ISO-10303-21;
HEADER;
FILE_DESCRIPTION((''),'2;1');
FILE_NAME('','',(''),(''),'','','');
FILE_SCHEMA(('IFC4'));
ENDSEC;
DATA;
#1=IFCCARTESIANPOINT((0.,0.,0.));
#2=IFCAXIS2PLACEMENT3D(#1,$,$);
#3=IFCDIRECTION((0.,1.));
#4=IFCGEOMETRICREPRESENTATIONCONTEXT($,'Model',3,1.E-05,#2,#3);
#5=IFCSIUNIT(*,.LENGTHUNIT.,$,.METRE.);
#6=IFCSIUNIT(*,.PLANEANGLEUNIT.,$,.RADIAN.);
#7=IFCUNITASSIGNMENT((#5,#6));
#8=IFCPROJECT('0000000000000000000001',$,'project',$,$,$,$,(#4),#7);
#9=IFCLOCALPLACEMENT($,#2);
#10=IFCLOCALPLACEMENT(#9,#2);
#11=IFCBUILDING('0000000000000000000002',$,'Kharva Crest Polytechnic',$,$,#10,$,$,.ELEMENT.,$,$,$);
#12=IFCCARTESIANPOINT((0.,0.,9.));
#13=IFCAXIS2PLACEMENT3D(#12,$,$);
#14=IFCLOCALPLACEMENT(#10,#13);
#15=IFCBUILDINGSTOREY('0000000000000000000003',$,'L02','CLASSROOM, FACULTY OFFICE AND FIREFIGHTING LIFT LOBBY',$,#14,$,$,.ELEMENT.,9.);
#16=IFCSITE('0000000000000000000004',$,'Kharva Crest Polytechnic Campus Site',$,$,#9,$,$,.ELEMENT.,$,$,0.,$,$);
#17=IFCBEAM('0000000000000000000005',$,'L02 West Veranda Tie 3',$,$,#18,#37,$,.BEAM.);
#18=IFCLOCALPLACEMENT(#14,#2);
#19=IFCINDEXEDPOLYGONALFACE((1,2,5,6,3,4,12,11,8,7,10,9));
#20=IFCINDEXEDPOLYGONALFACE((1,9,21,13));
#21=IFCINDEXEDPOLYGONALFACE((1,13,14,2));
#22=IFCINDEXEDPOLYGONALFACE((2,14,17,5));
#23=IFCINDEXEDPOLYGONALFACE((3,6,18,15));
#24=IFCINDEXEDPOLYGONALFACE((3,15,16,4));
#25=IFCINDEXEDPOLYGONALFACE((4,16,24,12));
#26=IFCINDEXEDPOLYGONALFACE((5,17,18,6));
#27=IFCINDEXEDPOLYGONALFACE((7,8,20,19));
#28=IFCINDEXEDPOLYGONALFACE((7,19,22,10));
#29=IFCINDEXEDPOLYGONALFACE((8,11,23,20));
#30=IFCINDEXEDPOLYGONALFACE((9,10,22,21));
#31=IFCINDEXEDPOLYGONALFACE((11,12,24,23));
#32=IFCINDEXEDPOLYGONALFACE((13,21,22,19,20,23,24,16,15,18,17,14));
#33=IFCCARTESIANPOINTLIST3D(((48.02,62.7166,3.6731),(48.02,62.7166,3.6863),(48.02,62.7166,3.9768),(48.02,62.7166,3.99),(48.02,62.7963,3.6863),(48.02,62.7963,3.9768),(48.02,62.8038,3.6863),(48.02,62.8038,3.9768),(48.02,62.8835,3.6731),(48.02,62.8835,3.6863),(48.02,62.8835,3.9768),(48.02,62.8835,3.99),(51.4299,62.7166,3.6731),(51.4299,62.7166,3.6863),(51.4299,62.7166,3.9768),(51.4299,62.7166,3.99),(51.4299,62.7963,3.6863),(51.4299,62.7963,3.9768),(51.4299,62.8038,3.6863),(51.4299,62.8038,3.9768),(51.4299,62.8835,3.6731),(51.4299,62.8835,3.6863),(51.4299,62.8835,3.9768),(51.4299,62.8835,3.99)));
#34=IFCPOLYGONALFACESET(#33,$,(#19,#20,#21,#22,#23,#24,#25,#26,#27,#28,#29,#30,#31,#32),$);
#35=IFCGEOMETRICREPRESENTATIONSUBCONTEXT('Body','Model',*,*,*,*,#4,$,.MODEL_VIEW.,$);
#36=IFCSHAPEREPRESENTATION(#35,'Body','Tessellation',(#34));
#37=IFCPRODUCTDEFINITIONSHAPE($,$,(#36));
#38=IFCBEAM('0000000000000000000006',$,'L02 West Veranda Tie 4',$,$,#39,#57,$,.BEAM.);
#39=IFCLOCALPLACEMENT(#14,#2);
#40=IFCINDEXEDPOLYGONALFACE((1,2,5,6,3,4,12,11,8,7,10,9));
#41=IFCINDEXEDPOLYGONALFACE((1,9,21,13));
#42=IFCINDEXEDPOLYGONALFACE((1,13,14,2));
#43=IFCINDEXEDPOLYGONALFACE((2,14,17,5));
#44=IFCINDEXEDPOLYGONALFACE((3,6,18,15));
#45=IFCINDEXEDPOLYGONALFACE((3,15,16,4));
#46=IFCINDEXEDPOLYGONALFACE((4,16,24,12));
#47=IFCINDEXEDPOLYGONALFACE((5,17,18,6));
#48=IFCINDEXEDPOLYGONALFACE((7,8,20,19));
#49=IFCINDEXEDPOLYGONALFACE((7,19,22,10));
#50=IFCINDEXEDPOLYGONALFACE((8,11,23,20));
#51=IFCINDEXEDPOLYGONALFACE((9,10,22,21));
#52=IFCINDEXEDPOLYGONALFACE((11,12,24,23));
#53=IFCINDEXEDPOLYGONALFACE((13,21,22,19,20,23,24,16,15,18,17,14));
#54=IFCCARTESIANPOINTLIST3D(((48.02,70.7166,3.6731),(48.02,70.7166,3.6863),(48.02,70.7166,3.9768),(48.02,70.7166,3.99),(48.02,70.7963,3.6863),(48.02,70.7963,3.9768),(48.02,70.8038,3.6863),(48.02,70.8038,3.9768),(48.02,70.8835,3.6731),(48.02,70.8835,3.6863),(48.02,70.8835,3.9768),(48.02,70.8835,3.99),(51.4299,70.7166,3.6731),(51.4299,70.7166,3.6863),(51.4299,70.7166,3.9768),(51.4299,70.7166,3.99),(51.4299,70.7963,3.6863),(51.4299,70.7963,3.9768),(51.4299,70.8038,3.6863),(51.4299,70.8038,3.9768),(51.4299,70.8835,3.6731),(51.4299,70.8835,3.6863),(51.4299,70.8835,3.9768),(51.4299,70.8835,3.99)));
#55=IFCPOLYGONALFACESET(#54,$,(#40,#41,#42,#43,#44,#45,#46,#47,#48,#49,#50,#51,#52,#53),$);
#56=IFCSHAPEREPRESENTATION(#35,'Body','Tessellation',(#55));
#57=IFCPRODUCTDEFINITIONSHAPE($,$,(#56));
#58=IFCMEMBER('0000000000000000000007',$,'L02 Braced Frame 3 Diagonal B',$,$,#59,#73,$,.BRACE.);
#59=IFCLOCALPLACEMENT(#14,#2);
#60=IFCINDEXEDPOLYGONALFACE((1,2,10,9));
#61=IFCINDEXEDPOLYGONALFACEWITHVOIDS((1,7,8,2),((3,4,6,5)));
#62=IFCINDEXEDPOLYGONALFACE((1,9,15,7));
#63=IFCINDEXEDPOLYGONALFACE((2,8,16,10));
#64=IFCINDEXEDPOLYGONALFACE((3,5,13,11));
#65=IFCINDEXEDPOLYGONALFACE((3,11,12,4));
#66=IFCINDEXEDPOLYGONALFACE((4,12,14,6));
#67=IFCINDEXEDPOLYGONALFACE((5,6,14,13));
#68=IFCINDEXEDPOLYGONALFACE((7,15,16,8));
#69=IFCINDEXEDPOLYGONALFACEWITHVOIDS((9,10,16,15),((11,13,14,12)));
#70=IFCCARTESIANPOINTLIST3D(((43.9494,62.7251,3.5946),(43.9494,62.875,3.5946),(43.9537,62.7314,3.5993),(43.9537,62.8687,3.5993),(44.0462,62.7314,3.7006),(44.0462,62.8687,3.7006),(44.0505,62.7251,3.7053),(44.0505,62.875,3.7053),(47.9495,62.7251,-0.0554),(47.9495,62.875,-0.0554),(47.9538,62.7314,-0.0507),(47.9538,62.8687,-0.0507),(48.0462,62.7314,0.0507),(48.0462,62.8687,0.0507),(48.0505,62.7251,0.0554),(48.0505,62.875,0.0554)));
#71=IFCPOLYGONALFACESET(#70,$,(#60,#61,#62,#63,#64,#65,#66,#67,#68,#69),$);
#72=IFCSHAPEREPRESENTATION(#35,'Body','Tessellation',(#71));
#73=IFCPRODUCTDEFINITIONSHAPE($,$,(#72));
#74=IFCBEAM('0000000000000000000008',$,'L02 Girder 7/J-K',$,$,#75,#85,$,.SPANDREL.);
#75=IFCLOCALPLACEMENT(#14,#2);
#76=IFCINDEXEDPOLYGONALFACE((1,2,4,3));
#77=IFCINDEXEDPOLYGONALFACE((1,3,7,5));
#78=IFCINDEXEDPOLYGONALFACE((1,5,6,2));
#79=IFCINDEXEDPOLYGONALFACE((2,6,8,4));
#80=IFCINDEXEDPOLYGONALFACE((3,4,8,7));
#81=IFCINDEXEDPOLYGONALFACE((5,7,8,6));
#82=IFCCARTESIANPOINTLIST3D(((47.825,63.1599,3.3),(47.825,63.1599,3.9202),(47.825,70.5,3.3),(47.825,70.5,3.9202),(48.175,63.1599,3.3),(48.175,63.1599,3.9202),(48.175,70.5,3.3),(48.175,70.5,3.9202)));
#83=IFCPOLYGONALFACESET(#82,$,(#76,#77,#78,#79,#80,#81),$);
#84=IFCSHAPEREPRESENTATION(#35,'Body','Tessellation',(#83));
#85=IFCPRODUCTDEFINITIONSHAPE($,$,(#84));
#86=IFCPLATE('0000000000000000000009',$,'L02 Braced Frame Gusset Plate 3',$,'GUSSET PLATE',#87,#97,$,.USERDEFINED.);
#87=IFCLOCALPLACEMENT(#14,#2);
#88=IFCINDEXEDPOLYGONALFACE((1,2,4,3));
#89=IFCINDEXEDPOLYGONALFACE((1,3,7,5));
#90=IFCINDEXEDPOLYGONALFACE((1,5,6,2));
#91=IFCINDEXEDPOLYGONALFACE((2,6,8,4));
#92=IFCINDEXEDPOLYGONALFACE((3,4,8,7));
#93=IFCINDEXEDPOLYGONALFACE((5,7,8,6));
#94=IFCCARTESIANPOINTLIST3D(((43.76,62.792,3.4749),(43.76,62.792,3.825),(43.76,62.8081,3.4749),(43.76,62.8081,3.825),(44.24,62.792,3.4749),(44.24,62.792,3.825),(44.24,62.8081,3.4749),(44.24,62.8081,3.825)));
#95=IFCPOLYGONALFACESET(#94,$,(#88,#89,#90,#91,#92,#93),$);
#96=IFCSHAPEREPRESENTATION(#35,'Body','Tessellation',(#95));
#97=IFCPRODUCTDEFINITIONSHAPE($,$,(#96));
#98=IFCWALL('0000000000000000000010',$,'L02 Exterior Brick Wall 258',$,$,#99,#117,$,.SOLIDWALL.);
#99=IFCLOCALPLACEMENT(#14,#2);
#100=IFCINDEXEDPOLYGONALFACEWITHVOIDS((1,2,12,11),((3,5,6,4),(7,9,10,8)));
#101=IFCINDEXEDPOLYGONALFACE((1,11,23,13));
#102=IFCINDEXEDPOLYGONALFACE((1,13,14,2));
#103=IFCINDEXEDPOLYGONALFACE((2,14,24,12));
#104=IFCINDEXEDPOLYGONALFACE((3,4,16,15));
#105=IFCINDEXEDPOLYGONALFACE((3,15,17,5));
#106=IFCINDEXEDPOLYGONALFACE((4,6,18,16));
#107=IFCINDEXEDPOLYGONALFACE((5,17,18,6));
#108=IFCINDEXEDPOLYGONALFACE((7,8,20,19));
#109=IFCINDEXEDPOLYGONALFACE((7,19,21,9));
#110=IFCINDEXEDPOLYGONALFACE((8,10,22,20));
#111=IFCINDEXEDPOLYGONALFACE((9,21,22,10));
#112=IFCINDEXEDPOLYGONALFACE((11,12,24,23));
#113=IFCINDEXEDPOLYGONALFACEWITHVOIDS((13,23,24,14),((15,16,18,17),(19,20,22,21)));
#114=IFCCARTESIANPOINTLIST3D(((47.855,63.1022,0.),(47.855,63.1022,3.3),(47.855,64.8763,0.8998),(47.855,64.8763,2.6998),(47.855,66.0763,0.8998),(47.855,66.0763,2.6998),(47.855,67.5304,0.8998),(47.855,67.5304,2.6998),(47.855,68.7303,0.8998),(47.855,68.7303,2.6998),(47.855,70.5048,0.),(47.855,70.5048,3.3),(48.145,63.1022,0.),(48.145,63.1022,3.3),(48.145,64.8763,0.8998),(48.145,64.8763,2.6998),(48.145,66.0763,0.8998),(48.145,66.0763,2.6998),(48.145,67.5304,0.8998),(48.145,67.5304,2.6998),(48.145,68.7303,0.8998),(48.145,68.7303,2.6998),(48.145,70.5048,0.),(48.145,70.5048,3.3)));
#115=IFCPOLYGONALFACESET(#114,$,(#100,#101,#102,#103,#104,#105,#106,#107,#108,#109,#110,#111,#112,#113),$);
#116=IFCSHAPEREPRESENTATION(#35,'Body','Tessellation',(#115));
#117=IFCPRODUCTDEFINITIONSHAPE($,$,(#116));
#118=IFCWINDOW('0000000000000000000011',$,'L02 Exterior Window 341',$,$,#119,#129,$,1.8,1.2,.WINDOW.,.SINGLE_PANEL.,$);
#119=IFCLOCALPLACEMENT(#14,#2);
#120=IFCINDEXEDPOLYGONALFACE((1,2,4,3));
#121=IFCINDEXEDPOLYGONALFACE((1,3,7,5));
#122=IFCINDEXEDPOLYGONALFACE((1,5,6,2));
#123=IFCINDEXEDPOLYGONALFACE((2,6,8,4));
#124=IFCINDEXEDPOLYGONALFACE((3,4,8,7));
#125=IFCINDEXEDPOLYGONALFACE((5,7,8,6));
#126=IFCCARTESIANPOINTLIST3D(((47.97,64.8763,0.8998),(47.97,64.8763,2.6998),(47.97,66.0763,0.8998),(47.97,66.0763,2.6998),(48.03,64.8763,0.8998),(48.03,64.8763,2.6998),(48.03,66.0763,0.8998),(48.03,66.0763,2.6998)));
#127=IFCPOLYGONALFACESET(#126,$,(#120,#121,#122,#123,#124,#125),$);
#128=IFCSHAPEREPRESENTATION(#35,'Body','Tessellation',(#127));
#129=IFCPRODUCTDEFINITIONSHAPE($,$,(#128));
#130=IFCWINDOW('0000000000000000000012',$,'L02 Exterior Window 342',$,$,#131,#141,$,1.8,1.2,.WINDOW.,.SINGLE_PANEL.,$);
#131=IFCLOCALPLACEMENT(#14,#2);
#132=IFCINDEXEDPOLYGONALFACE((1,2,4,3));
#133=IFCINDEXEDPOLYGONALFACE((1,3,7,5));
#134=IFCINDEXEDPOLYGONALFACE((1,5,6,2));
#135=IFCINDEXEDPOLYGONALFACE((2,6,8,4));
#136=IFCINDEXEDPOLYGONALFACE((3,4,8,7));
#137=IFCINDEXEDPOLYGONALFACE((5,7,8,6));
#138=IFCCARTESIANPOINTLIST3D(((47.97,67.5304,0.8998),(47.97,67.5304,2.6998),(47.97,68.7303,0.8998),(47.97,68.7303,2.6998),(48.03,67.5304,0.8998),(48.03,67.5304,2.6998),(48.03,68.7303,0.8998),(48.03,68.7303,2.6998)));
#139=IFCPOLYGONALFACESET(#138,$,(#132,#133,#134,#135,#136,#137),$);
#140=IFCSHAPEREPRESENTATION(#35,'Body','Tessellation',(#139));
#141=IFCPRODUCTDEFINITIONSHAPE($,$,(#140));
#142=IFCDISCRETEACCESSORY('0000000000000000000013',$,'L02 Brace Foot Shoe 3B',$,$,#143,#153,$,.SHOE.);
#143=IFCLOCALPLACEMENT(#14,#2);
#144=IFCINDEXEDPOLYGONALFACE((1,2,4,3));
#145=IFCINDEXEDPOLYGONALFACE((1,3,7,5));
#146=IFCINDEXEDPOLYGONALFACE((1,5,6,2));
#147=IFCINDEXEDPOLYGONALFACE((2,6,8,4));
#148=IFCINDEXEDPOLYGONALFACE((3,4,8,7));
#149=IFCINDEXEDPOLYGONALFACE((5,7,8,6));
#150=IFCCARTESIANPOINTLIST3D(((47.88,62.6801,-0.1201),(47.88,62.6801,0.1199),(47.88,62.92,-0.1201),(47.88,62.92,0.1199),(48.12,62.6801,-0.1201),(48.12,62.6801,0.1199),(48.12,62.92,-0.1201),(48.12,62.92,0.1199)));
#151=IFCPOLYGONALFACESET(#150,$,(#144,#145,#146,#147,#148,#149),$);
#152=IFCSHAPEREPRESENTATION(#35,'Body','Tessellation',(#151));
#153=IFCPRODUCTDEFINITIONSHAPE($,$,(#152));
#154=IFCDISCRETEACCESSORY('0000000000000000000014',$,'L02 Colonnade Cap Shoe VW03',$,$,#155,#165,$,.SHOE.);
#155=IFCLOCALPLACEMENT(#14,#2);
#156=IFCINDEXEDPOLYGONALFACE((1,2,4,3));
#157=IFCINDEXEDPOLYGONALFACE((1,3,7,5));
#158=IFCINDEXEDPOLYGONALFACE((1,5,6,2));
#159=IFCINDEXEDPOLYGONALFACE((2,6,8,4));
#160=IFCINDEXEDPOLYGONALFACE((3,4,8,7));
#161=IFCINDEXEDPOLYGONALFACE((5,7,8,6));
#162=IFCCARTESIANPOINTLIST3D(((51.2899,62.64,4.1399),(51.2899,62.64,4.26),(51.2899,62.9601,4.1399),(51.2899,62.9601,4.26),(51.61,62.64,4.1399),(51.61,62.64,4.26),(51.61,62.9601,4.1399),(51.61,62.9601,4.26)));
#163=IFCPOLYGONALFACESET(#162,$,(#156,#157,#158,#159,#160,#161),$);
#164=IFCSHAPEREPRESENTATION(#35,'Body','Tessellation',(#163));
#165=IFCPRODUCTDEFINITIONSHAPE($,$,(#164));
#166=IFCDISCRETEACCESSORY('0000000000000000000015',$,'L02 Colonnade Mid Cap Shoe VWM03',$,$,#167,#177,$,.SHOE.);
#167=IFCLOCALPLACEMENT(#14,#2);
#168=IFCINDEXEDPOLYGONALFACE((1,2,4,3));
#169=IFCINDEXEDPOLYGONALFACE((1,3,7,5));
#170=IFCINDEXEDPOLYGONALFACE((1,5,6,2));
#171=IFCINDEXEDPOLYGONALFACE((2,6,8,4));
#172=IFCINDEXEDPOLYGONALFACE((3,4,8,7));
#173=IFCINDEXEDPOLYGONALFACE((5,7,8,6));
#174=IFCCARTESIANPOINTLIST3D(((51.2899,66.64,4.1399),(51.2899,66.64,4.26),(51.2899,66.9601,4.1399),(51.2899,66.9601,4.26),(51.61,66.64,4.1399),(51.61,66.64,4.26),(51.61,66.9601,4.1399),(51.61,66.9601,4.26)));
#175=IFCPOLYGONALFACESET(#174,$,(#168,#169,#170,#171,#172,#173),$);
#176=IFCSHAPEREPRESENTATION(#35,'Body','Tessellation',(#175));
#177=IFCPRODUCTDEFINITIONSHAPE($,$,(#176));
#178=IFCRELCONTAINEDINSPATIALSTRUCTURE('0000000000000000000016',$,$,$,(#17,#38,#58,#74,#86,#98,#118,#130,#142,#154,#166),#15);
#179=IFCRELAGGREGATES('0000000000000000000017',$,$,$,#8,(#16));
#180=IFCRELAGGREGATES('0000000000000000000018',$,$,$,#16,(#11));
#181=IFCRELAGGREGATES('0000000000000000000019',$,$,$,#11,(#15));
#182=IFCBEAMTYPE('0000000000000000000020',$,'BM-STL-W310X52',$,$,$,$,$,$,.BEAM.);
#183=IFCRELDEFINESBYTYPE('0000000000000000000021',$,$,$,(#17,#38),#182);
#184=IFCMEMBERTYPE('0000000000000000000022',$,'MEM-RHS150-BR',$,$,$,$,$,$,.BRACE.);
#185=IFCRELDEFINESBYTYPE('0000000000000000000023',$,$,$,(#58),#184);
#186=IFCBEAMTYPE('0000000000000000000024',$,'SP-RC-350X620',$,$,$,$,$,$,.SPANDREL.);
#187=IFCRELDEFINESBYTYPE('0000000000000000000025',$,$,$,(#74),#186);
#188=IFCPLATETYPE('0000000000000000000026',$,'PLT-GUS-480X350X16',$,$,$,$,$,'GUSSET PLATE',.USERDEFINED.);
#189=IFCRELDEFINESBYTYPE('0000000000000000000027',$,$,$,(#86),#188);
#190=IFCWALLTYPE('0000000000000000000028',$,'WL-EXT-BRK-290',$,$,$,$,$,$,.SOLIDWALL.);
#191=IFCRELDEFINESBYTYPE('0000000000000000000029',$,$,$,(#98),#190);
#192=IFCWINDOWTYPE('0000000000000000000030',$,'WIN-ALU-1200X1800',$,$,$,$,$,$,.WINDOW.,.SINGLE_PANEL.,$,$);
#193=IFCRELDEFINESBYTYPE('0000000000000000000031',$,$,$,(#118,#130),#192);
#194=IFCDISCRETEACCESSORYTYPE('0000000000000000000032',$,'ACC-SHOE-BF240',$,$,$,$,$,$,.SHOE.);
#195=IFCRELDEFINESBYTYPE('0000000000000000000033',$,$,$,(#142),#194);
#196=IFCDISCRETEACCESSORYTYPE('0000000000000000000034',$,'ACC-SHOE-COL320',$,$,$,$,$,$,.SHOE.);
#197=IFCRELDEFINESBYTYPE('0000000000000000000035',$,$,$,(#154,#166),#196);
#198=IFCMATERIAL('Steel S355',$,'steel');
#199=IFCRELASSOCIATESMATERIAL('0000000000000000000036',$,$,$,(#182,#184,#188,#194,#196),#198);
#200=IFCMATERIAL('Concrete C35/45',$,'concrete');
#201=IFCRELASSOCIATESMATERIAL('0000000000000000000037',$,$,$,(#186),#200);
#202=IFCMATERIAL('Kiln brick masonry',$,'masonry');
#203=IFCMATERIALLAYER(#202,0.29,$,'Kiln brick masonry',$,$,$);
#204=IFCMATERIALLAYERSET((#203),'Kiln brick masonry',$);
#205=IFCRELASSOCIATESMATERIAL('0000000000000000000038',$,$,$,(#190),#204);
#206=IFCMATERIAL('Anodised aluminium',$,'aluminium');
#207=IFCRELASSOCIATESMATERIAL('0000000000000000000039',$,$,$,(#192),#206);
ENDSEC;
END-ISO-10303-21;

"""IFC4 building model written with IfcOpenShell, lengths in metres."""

from ifc_helpers import new_model, si_unit, direction, frame, frame_2d, origin, origin_2d, place, context, subcontext, project, spatial, rectangle, hollow_rectangle, i_section, extrude, material, layer, layer_set, material_profile, profile_set, type_object, element, fill, save


model = new_model("IFC4")

# Units and contexts
model_context = context("Model", 3, precision=1e-05, world=origin(), true_north=direction((0.0, 1.0)))
body_context = subcontext(model_context, "Body", "Model", "MODEL_VIEW")
ifc_project = project(units=[si_unit("LENGTHUNIT", "METRE"), si_unit("PLANEANGLEUNIT", "RADIAN")], contexts=[model_context])

# Site, building, storey
site_placement = place(None, origin())
site = spatial("IfcSite", under=ifc_project, at=site_placement, Name="Kharva Crest Polytechnic Campus Site", CompositionType="ELEMENT", RefElevation=0.0)
building_placement = place(site_placement, origin())
building = spatial("IfcBuilding", under=site, at=building_placement, Name="Kharva Crest Polytechnic", CompositionType="ELEMENT")
storey_placement = place(building_placement, frame((0.0, 0.0, 9.0)))
storey = spatial("IfcBuildingStorey", under=building, at=storey_placement, Name="L02", Description="CLASSROOM, FACULTY OFFICE AND FIREFIGHTING LIFT LOBBY", CompositionType="ELEMENT", Elevation=9.0)

# Shared definitions
ifc_material_1 = material(Name="Steel S355", Category="steel")

# Beams
ifc_material_2 = material(Name="Concrete C35/45", Category="concrete")
ifc_material_profile_1 = material_profile(ifc_material_1, i_section(OverallWidth=0.167, OverallDepth=0.3169, WebThickness=0.0076, FlangeThickness=0.0132, at=origin_2d()), Name="W310X52")
ifc_profile_set_1 = profile_set([ifc_material_profile_1], Name="Steel S355")
beam_type_1 = type_object("IfcBeamType", Name="BM-STL-W310X52", PredefinedType="BEAM", material=ifc_profile_set_1)
for number, where, z_axis, x_axis, name in (
    (1, (48.02, 62.8, 3.8315), (1.0, 0.0, 0.0), (0.0, 1.0, 0.0), "L02 West Veranda Tie 3"),
    (2, (48.02, 70.8, 3.8315), (1.0, 0.0, 0.0), (0.0, 1.0, 0.0), "L02 West Veranda Tie 4"),
):
    element("IfcBeam", number, at=place(storey_placement, frame(where, z_axis=z_axis, x_axis=x_axis)), inside=storey, type_object=beam_type_1, Name=name, PredefinedType="BEAM", context=body_context, shape_type="SweptSolid", body=[
        extrude(i_section(OverallWidth=0.167, OverallDepth=0.3169, WebThickness=0.0076, FlangeThickness=0.0132, at=origin_2d()), origin(), (0.0, 0.0, 1.0), 3.4099),
    ])

# Member
ifc_material_profile_2 = material_profile(ifc_material_1, hollow_rectangle(XDim=0.1499, YDim=0.1499, WallThickness=0.0063, at=origin_2d()), Name="RHS 150X150X6.3")
ifc_profile_set_2 = profile_set([ifc_material_profile_2], Name="Steel S355")
member_type = type_object("IfcMemberType", Name="MEM-RHS150-BR", PredefinedType="BRACE", material=ifc_profile_set_2)
member_placement = place(storey_placement, frame((48.0, 62.8, 0.0), z_axis=(-0.738694, 0.0, 0.674041), x_axis=(0.0, -1.0, 0.0)))
element("IfcMember", 3, at=member_placement, inside=storey, type_object=member_type, Name="L02 Braced Frame 3 Diagonal B", PredefinedType="BRACE", context=body_context, shape_type="SweptSolid", body=[
    extrude(hollow_rectangle(XDim=0.1499, YDim=0.1499, WallThickness=0.0063, at=origin_2d()), origin(), (0.0, 0.0, 1.0), 5.415),
])

# Beam
ifc_material_profile_3 = material_profile(ifc_material_2, rectangle(XDim=0.3501, YDim=0.6201, at=origin_2d()), Name="RECT 350 X 620")
ifc_profile_set_3 = profile_set([ifc_material_profile_3], Name="Concrete C35/45")
beam_type_2 = type_object("IfcBeamType", Name="SP-RC-350X620", PredefinedType="SPANDREL", material=ifc_profile_set_3)
beam_1_placement = place(storey_placement, frame((48.0, 63.1599, 3.6101), z_axis=(0.0, 1.0, 0.0), x_axis=(-1.0, 0.0, 0.0)))
element("IfcBeam", 4, at=beam_1_placement, inside=storey, type_object=beam_type_2, Name="L02 Girder 7/J-K", PredefinedType="SPANDREL", context=body_context, shape_type="SweptSolid", body=[
    extrude(rectangle(XDim=0.3501, YDim=0.6201, at=origin_2d()), origin(), (0.0, 0.0, 1.0), 7.3401),
])

# Plate
plate_type = type_object("IfcPlateType", Name="PLT-GUS-480X350X16", ElementType="GUSSET PLATE", PredefinedType="USERDEFINED", material=ifc_material_1)
plate_placement = place(storey_placement, frame((44.0, 62.8, 3.4749), z_axis=(0.0, 0.0, 1.0), x_axis=(1.0, 0.0, 0.0)))
element("IfcPlate", 5, at=plate_placement, inside=storey, type_object=plate_type, Name="L02 Braced Frame Gusset Plate 3", ObjectType="GUSSET PLATE", PredefinedType="USERDEFINED", context=body_context, shape_type="SweptSolid", body=[
    extrude(rectangle(XDim=0.48, YDim=0.0161, at=origin_2d()), origin(), (0.0, 0.0, 1.0), 0.3501),
])

# Wall, openings, windows
ifc_material_3 = material(Name="Kiln brick masonry", Category="masonry")
ifc_layer = layer(ifc_material_3, 0.29, Name="Kiln brick masonry")
ifc_layer_set = layer_set([ifc_layer], Name="Kiln brick masonry")
wall_type = type_object("IfcWallType", Name="WL-EXT-BRK-290", PredefinedType="SOLIDWALL", material=ifc_layer_set)
wall_placement = place(storey_placement, frame((48.0, 63.1023, 0.0), z_axis=(0.0, 0.0, 1.0), x_axis=(0.0, 1.0, 0.0)))
wall = element("IfcWall", 6, at=wall_placement, inside=storey, type_object=wall_type, Name="L02 Exterior Brick Wall 258", PredefinedType="SOLIDWALL", context=body_context, shape_type="SweptSolid", body=[
    extrude(rectangle(XDim=7.4026, YDim=0.29, at=frame_2d((3.7012, 0.0))), origin(), (0.0, 0.0, 1.0), 3.3),
])
opening_1_placement = place(wall_placement, frame((1.7739, 0.0, 0.8999)))
opening_1 = element("IfcOpeningElement", 7, at=opening_1_placement, cuts=wall, PredefinedType="OPENING", context=body_context, shape_type="SweptSolid", body=[
    extrude(rectangle(XDim=1.2, YDim=1.8, at=frame_2d((0.6001, 0.8999))), frame((0.0, 0.155, 0.0), z_axis=(0.0, -1.0, 0.0), x_axis=(1.0, 0.0, 0.0)), (0.0, 0.0, 1.0), 0.3101),
])
opening_2_placement = place(wall_placement, frame((4.428, 0.0, 0.8999)))
opening_2 = element("IfcOpeningElement", 8, at=opening_2_placement, cuts=wall, PredefinedType="OPENING", context=body_context, shape_type="SweptSolid", body=[
    extrude(rectangle(XDim=1.2, YDim=1.8, at=frame_2d((0.6001, 0.8999))), frame((0.0, 0.155, 0.0), z_axis=(0.0, -1.0, 0.0), x_axis=(1.0, 0.0, 0.0)), (0.0, 0.0, 1.0), 0.3101),
])
ifc_material_4 = material(Name="Anodised aluminium", Category="aluminium")
window_type = type_object("IfcWindowType", Name="WIN-ALU-1200X1800", PartitioningType="SINGLE_PANEL", PredefinedType="WINDOW", material=ifc_material_4)
window_1_placement = place(opening_1_placement, origin())
window_1 = element("IfcWindow", 9, at=window_1_placement, inside=storey, type_object=window_type, Name="L02 Exterior Window 341", OverallHeight=1.8, OverallWidth=1.2, PartitioningType="SINGLE_PANEL", PredefinedType="WINDOW", context=body_context, shape_type="SweptSolid", body=[
    extrude(rectangle(XDim=1.2, YDim=1.8, at=frame_2d((0.6001, 0.8999))), frame((0.0, 0.03, 0.0), z_axis=(0.0, -1.0, 0.0), x_axis=(1.0, 0.0, 0.0)), (0.0, 0.0, 1.0), 0.0601),
])
fill(opening_1, window_1)
window_2_placement = place(opening_2_placement, origin())
window_2 = element("IfcWindow", 10, at=window_2_placement, inside=storey, type_object=window_type, Name="L02 Exterior Window 342", OverallHeight=1.8, OverallWidth=1.2, PartitioningType="SINGLE_PANEL", PredefinedType="WINDOW", context=body_context, shape_type="SweptSolid", body=[
    extrude(rectangle(XDim=1.2, YDim=1.8, at=frame_2d((0.6001, 0.8999))), frame((0.0, 0.03, 0.0), z_axis=(0.0, -1.0, 0.0), x_axis=(1.0, 0.0, 0.0)), (0.0, 0.0, 1.0), 0.0601),
])
fill(opening_2, window_2)

# Discrete accessories
discrete_accessory_type_1 = type_object("IfcDiscreteAccessoryType", Name="ACC-SHOE-BF240", PredefinedType="SHOE", material=ifc_material_1)
discrete_accessory_placement = place(storey_placement, frame((48.0, 62.8, -0.1201), z_axis=(0.0, 0.0, 1.0), x_axis=(1.0, 0.0, 0.0)))
element("IfcDiscreteAccessory", 11, at=discrete_accessory_placement, inside=storey, type_object=discrete_accessory_type_1, Name="L02 Brace Foot Shoe 3B", PredefinedType="SHOE", context=body_context, shape_type="SweptSolid", body=[
    extrude(rectangle(XDim=0.24, YDim=0.24, at=origin_2d()), origin(), (0.0, 0.0, 1.0), 0.24),
])
discrete_accessory_type_2 = type_object("IfcDiscreteAccessoryType", Name="ACC-SHOE-COL320", PredefinedType="SHOE", material=ifc_material_1)
for number, where, z_axis, x_axis, name in (
    (12, (51.45, 62.8, 4.1399), (0.0, 0.0, 1.0), (1.0, 0.0, 0.0), "L02 Colonnade Cap Shoe VW03"),
    (13, (51.45, 66.8, 4.1399), (0.0, 0.0, 1.0), (1.0, 0.0, 0.0), "L02 Colonnade Mid Cap Shoe VWM03"),
):
    element("IfcDiscreteAccessory", number, at=place(storey_placement, frame(where, z_axis=z_axis, x_axis=x_axis)), inside=storey, type_object=discrete_accessory_type_2, Name=name, PredefinedType="SHOE", context=body_context, shape_type="SweptSolid", body=[
        extrude(rectangle(XDim=0.3201, YDim=0.3201, at=origin_2d()), origin(), (0.0, 0.0, 1.0), 0.1201),
    ])

save(model, "model.ifc")
